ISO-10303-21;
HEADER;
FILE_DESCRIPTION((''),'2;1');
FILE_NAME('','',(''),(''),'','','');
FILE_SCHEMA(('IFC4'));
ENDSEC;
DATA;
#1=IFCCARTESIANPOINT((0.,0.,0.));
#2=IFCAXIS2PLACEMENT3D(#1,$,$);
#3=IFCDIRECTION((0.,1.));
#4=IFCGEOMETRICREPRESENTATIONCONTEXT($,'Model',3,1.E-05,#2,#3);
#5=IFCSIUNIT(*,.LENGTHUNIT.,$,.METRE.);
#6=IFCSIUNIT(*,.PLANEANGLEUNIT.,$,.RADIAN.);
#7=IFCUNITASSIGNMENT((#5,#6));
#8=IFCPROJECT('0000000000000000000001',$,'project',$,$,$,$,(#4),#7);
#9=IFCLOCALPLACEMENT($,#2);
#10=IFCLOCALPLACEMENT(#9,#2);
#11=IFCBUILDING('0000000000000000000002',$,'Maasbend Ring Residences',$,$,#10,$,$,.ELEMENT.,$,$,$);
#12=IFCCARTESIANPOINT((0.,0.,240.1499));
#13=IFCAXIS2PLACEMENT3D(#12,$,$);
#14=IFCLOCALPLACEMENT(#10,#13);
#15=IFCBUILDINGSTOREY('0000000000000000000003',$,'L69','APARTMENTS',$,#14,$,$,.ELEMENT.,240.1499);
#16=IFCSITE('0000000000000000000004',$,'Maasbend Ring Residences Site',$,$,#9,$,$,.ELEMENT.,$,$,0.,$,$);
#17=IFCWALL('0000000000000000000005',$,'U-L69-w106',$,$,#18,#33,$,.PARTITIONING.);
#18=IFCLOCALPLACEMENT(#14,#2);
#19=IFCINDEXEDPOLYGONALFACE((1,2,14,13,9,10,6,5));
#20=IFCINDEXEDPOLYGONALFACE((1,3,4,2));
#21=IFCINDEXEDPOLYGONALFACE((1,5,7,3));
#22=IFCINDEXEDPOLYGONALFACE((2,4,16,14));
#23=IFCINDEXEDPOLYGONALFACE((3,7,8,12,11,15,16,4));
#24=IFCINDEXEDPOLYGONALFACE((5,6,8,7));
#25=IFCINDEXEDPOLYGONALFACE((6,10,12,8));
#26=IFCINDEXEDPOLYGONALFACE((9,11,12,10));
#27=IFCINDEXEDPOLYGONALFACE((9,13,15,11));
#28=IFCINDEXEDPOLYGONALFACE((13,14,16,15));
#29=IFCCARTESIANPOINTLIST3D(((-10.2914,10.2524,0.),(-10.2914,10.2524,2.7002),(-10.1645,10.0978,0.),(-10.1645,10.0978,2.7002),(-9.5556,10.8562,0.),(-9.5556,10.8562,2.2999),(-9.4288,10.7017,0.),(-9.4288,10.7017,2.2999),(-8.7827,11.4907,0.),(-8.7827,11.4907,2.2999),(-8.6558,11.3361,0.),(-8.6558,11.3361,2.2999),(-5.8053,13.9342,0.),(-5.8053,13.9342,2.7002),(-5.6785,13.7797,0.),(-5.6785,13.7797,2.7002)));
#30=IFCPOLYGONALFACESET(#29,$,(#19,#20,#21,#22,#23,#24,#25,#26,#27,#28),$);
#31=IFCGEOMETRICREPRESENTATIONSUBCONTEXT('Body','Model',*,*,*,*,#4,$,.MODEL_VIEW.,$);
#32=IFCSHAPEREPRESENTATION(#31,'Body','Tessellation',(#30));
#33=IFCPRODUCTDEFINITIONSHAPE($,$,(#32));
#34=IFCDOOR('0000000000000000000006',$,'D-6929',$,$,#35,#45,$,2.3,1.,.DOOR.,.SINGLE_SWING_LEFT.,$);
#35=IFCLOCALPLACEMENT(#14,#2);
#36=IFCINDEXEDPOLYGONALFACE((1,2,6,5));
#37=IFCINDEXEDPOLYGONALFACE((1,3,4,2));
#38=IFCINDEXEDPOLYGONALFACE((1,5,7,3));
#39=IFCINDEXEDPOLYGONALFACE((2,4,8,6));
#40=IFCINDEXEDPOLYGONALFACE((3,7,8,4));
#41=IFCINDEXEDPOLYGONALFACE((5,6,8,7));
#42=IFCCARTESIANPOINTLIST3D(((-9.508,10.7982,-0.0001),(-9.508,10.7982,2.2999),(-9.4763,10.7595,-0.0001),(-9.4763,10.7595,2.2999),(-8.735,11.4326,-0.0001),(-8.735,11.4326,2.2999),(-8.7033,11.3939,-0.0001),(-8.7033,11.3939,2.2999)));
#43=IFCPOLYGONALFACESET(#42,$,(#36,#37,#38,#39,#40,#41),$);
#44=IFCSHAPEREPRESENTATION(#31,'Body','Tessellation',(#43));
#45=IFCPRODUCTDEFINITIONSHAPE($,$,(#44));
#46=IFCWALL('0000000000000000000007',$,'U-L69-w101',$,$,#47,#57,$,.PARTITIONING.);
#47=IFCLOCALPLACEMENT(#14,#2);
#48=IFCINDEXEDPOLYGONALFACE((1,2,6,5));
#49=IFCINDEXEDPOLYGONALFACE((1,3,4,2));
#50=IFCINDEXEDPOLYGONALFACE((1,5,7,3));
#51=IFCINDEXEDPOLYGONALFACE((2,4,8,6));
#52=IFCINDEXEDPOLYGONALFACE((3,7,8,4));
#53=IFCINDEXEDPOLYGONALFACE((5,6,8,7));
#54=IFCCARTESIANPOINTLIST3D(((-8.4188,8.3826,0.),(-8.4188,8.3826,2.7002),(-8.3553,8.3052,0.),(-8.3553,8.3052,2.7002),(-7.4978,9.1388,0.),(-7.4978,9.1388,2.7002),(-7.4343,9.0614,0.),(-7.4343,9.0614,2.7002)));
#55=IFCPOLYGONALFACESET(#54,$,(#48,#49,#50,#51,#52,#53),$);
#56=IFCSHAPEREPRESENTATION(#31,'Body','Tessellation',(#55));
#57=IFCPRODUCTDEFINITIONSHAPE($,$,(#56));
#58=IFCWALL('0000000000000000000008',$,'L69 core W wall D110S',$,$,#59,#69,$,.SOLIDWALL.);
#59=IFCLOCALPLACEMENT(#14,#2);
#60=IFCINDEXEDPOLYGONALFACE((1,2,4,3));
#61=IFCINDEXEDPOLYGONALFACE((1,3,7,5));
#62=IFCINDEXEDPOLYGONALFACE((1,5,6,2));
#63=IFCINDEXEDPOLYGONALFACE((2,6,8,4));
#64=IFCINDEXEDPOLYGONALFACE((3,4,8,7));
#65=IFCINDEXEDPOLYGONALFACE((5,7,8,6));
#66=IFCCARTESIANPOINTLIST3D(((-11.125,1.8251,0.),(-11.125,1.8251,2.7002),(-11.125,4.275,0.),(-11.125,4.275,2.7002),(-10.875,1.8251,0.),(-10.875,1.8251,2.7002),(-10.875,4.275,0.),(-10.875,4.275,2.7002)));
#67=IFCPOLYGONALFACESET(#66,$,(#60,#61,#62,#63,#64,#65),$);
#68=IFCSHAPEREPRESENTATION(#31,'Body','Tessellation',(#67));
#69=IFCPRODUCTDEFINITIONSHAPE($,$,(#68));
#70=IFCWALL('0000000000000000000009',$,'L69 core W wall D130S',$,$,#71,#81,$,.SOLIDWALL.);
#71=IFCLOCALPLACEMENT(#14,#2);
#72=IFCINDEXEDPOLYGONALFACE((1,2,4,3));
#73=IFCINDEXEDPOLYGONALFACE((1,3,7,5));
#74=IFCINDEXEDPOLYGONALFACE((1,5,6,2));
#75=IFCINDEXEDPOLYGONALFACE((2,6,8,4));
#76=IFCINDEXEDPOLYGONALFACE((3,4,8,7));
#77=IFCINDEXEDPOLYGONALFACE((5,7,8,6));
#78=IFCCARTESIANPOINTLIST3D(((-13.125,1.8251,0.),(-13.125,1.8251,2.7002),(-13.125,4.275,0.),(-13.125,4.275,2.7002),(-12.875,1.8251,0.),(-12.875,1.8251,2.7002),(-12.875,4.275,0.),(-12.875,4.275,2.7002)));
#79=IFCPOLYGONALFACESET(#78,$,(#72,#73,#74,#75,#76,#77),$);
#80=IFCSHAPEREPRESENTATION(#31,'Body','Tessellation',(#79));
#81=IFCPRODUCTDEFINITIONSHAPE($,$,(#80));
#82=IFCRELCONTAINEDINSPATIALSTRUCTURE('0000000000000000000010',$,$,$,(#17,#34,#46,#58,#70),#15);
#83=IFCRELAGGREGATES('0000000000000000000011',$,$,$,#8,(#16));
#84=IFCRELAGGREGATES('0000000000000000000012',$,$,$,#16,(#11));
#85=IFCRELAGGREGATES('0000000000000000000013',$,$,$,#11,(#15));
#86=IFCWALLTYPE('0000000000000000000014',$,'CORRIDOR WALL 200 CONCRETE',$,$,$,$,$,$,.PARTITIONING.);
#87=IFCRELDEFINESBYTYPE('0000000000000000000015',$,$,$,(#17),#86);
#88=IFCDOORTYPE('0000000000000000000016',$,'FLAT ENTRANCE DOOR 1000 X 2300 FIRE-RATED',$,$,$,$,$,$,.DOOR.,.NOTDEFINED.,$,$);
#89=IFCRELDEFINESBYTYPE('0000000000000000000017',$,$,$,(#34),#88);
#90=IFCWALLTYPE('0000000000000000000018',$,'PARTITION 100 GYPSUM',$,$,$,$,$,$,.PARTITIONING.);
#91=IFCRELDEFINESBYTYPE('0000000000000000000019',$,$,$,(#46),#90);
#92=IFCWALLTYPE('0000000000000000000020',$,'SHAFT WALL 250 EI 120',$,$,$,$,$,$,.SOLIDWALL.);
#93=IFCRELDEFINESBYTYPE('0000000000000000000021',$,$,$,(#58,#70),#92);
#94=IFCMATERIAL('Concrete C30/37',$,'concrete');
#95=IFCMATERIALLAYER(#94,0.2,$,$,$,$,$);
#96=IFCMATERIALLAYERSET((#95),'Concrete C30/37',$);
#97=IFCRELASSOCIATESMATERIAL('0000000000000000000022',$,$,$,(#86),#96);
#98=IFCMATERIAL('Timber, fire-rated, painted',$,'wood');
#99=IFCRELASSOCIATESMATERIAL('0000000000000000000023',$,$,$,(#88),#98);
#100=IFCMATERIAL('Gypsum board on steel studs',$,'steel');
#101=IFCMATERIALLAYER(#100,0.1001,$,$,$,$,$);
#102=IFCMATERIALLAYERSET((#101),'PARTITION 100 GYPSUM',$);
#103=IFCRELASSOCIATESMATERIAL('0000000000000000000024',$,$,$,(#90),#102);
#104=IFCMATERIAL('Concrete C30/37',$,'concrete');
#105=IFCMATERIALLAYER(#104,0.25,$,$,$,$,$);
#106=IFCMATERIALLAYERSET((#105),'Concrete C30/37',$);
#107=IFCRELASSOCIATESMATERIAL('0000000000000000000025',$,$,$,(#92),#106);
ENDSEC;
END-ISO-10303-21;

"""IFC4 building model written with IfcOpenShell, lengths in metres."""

from ifc_helpers import new_model, si_unit, direction, frame, frame_2d, origin, place, context, subcontext, project, spatial, rectangle, extrude, material, layer, layer_set, type_object, element, fill, save


model = new_model("IFC4")

# Units and contexts
model_context = context("Model", 3, precision=1e-05, world=origin(), true_north=direction((0.0, 1.0)))
body_context = subcontext(model_context, "Body", "Model", "MODEL_VIEW")
ifc_project = project(units=[si_unit("LENGTHUNIT", "METRE"), si_unit("PLANEANGLEUNIT", "RADIAN")], contexts=[model_context])

# Site, building, storey
site_placement = place(None, origin())
site = spatial("IfcSite", under=ifc_project, at=site_placement, Name="Maasbend Ring Residences Site", CompositionType="ELEMENT", RefElevation=0.0)
building_placement = place(site_placement, origin())
building = spatial("IfcBuilding", under=site, at=building_placement, Name="Maasbend Ring Residences", CompositionType="ELEMENT")
storey_placement = place(building_placement, frame((0.0, 0.0, 240.1499)))
storey = spatial("IfcBuildingStorey", under=building, at=storey_placement, Name="L69", Description="APARTMENTS", CompositionType="ELEMENT", Elevation=240.1499)

# Wall, opening, door
ifc_material_1 = material(Name="Concrete C30/37", Category="concrete")
ifc_layer_1 = layer(ifc_material_1, 0.2)
ifc_layer_set_1 = layer_set([ifc_layer_1], Name="Concrete C30/37")
wall_type_1 = type_object("IfcWallType", Name="CORRIDOR WALL 200 CONCRETE", PredefinedType="PARTITIONING", material=ifc_layer_set_1)
wall_1_placement = place(storey_placement, frame((-10.228, 10.175, 0.0), z_axis=(0.0, 0.0, 1.0), x_axis=(0.772989, 0.634419, 0.0)))
wall_1 = element("IfcWall", 1, at=wall_1_placement, inside=storey, type_object=wall_type_1, Name="U-L69-w106", PredefinedType="PARTITIONING", context=body_context, shape_type="SweptSolid", body=[
    extrude(rectangle(XDim=5.8035, YDim=0.2, at=frame_2d((2.9019, 0.0))), origin(), (0.0, 0.0, 1.0), 2.7002),
])
opening_1_placement = place(wall_1_placement, frame((0.9519, 0.0, 0.0)))
opening_1 = element("IfcOpeningElement", 2, at=opening_1_placement, cuts=wall_1, PredefinedType="OPENING", context=body_context, shape_type="SweptSolid", body=[
    extrude(rectangle(XDim=1.0, YDim=2.3, at=frame_2d((0.5, 1.1499))), frame((0.0, 0.1099, 0.0), z_axis=(0.0, -1.0, 0.0), x_axis=(1.0, 0.0, 0.0)), (0.0, 0.0, 1.0), 0.22),
])
ifc_material_2 = material(Name="Timber, fire-rated, painted", Category="wood")
door_type_1 = type_object("IfcDoorType", Name="FLAT ENTRANCE DOOR 1000 X 2300 FIRE-RATED", OperationType="NOTDEFINED", PredefinedType="DOOR", material=ifc_material_2)
door_1_placement = place(opening_1_placement, origin())
door_1 = element("IfcDoor", 3, at=door_1_placement, inside=storey, type_object=door_type_1, Name="D-6929", OperationType="SINGLE_SWING_LEFT", OverallHeight=2.3, OverallWidth=1.0, PredefinedType="DOOR", context=body_context, shape_type="SweptSolid", body=[
    extrude(rectangle(XDim=1.0, YDim=2.3, at=frame_2d((0.5, 1.1499))), frame((0.0, 0.0249, 0.0), z_axis=(0.0, -1.0, 0.0), x_axis=(1.0, 0.0, 0.0)), (0.0, 0.0, 1.0), 0.05),
])
fill(opening_1, door_1)

# Walls
ifc_material_3 = material(Name="Gypsum board on steel studs", Category="steel")
ifc_layer_2 = layer(ifc_material_3, 0.1001)
ifc_layer_set_2 = layer_set([ifc_layer_2], Name="PARTITION 100 GYPSUM")
wall_type_2 = type_object("IfcWallType", Name="PARTITION 100 GYPSUM", PredefinedType="PARTITIONING", material=ifc_layer_set_2)
wall_2_placement = place(storey_placement, frame((-8.387, 8.344, 0.0), z_axis=(0.0, 0.0, 1.0), x_axis=(0.77287, 0.634565, 0.0)))
element("IfcWall", 4, at=wall_2_placement, inside=storey, type_object=wall_type_2, Name="U-L69-w101", PredefinedType="PARTITIONING", context=body_context, shape_type="SweptSolid", body=[
    extrude(rectangle(XDim=1.1917, YDim=0.1001, at=frame_2d((0.5957, 0.0))), origin(), (0.0, 0.0, 1.0), 2.7002),
])
ifc_material_4 = material(Name="Concrete C30/37", Category="concrete")
ifc_layer_3 = layer(ifc_material_4, 0.25)
ifc_layer_set_3 = layer_set([ifc_layer_3], Name="Concrete C30/37")
wall_type_3 = type_object("IfcWallType", Name="SHAFT WALL 250 EI 120", PredefinedType="SOLIDWALL", material=ifc_layer_set_3)
for number, where, z_axis, x_axis, name in (
    (5, (-11.0, 1.825, 0.0), (0.0, 0.0, 1.0), (0.0, 1.0, 0.0), "L69 core W wall D110S"),
    (6, (-13.0, 1.825, 0.0), (0.0, 0.0, 1.0), (0.0, 1.0, 0.0), "L69 core W wall D130S"),
):
    element("IfcWall", number, at=place(storey_placement, frame(where, z_axis=z_axis, x_axis=x_axis)), inside=storey, type_object=wall_type_3, Name=name, PredefinedType="SOLIDWALL", context=body_context, shape_type="SweptSolid", body=[
        extrude(rectangle(XDim=2.45, YDim=0.25, at=frame_2d((1.2251, 0.0))), origin(), (0.0, 0.0, 1.0), 2.7002),
    ])

save(model, "model.ifc")
